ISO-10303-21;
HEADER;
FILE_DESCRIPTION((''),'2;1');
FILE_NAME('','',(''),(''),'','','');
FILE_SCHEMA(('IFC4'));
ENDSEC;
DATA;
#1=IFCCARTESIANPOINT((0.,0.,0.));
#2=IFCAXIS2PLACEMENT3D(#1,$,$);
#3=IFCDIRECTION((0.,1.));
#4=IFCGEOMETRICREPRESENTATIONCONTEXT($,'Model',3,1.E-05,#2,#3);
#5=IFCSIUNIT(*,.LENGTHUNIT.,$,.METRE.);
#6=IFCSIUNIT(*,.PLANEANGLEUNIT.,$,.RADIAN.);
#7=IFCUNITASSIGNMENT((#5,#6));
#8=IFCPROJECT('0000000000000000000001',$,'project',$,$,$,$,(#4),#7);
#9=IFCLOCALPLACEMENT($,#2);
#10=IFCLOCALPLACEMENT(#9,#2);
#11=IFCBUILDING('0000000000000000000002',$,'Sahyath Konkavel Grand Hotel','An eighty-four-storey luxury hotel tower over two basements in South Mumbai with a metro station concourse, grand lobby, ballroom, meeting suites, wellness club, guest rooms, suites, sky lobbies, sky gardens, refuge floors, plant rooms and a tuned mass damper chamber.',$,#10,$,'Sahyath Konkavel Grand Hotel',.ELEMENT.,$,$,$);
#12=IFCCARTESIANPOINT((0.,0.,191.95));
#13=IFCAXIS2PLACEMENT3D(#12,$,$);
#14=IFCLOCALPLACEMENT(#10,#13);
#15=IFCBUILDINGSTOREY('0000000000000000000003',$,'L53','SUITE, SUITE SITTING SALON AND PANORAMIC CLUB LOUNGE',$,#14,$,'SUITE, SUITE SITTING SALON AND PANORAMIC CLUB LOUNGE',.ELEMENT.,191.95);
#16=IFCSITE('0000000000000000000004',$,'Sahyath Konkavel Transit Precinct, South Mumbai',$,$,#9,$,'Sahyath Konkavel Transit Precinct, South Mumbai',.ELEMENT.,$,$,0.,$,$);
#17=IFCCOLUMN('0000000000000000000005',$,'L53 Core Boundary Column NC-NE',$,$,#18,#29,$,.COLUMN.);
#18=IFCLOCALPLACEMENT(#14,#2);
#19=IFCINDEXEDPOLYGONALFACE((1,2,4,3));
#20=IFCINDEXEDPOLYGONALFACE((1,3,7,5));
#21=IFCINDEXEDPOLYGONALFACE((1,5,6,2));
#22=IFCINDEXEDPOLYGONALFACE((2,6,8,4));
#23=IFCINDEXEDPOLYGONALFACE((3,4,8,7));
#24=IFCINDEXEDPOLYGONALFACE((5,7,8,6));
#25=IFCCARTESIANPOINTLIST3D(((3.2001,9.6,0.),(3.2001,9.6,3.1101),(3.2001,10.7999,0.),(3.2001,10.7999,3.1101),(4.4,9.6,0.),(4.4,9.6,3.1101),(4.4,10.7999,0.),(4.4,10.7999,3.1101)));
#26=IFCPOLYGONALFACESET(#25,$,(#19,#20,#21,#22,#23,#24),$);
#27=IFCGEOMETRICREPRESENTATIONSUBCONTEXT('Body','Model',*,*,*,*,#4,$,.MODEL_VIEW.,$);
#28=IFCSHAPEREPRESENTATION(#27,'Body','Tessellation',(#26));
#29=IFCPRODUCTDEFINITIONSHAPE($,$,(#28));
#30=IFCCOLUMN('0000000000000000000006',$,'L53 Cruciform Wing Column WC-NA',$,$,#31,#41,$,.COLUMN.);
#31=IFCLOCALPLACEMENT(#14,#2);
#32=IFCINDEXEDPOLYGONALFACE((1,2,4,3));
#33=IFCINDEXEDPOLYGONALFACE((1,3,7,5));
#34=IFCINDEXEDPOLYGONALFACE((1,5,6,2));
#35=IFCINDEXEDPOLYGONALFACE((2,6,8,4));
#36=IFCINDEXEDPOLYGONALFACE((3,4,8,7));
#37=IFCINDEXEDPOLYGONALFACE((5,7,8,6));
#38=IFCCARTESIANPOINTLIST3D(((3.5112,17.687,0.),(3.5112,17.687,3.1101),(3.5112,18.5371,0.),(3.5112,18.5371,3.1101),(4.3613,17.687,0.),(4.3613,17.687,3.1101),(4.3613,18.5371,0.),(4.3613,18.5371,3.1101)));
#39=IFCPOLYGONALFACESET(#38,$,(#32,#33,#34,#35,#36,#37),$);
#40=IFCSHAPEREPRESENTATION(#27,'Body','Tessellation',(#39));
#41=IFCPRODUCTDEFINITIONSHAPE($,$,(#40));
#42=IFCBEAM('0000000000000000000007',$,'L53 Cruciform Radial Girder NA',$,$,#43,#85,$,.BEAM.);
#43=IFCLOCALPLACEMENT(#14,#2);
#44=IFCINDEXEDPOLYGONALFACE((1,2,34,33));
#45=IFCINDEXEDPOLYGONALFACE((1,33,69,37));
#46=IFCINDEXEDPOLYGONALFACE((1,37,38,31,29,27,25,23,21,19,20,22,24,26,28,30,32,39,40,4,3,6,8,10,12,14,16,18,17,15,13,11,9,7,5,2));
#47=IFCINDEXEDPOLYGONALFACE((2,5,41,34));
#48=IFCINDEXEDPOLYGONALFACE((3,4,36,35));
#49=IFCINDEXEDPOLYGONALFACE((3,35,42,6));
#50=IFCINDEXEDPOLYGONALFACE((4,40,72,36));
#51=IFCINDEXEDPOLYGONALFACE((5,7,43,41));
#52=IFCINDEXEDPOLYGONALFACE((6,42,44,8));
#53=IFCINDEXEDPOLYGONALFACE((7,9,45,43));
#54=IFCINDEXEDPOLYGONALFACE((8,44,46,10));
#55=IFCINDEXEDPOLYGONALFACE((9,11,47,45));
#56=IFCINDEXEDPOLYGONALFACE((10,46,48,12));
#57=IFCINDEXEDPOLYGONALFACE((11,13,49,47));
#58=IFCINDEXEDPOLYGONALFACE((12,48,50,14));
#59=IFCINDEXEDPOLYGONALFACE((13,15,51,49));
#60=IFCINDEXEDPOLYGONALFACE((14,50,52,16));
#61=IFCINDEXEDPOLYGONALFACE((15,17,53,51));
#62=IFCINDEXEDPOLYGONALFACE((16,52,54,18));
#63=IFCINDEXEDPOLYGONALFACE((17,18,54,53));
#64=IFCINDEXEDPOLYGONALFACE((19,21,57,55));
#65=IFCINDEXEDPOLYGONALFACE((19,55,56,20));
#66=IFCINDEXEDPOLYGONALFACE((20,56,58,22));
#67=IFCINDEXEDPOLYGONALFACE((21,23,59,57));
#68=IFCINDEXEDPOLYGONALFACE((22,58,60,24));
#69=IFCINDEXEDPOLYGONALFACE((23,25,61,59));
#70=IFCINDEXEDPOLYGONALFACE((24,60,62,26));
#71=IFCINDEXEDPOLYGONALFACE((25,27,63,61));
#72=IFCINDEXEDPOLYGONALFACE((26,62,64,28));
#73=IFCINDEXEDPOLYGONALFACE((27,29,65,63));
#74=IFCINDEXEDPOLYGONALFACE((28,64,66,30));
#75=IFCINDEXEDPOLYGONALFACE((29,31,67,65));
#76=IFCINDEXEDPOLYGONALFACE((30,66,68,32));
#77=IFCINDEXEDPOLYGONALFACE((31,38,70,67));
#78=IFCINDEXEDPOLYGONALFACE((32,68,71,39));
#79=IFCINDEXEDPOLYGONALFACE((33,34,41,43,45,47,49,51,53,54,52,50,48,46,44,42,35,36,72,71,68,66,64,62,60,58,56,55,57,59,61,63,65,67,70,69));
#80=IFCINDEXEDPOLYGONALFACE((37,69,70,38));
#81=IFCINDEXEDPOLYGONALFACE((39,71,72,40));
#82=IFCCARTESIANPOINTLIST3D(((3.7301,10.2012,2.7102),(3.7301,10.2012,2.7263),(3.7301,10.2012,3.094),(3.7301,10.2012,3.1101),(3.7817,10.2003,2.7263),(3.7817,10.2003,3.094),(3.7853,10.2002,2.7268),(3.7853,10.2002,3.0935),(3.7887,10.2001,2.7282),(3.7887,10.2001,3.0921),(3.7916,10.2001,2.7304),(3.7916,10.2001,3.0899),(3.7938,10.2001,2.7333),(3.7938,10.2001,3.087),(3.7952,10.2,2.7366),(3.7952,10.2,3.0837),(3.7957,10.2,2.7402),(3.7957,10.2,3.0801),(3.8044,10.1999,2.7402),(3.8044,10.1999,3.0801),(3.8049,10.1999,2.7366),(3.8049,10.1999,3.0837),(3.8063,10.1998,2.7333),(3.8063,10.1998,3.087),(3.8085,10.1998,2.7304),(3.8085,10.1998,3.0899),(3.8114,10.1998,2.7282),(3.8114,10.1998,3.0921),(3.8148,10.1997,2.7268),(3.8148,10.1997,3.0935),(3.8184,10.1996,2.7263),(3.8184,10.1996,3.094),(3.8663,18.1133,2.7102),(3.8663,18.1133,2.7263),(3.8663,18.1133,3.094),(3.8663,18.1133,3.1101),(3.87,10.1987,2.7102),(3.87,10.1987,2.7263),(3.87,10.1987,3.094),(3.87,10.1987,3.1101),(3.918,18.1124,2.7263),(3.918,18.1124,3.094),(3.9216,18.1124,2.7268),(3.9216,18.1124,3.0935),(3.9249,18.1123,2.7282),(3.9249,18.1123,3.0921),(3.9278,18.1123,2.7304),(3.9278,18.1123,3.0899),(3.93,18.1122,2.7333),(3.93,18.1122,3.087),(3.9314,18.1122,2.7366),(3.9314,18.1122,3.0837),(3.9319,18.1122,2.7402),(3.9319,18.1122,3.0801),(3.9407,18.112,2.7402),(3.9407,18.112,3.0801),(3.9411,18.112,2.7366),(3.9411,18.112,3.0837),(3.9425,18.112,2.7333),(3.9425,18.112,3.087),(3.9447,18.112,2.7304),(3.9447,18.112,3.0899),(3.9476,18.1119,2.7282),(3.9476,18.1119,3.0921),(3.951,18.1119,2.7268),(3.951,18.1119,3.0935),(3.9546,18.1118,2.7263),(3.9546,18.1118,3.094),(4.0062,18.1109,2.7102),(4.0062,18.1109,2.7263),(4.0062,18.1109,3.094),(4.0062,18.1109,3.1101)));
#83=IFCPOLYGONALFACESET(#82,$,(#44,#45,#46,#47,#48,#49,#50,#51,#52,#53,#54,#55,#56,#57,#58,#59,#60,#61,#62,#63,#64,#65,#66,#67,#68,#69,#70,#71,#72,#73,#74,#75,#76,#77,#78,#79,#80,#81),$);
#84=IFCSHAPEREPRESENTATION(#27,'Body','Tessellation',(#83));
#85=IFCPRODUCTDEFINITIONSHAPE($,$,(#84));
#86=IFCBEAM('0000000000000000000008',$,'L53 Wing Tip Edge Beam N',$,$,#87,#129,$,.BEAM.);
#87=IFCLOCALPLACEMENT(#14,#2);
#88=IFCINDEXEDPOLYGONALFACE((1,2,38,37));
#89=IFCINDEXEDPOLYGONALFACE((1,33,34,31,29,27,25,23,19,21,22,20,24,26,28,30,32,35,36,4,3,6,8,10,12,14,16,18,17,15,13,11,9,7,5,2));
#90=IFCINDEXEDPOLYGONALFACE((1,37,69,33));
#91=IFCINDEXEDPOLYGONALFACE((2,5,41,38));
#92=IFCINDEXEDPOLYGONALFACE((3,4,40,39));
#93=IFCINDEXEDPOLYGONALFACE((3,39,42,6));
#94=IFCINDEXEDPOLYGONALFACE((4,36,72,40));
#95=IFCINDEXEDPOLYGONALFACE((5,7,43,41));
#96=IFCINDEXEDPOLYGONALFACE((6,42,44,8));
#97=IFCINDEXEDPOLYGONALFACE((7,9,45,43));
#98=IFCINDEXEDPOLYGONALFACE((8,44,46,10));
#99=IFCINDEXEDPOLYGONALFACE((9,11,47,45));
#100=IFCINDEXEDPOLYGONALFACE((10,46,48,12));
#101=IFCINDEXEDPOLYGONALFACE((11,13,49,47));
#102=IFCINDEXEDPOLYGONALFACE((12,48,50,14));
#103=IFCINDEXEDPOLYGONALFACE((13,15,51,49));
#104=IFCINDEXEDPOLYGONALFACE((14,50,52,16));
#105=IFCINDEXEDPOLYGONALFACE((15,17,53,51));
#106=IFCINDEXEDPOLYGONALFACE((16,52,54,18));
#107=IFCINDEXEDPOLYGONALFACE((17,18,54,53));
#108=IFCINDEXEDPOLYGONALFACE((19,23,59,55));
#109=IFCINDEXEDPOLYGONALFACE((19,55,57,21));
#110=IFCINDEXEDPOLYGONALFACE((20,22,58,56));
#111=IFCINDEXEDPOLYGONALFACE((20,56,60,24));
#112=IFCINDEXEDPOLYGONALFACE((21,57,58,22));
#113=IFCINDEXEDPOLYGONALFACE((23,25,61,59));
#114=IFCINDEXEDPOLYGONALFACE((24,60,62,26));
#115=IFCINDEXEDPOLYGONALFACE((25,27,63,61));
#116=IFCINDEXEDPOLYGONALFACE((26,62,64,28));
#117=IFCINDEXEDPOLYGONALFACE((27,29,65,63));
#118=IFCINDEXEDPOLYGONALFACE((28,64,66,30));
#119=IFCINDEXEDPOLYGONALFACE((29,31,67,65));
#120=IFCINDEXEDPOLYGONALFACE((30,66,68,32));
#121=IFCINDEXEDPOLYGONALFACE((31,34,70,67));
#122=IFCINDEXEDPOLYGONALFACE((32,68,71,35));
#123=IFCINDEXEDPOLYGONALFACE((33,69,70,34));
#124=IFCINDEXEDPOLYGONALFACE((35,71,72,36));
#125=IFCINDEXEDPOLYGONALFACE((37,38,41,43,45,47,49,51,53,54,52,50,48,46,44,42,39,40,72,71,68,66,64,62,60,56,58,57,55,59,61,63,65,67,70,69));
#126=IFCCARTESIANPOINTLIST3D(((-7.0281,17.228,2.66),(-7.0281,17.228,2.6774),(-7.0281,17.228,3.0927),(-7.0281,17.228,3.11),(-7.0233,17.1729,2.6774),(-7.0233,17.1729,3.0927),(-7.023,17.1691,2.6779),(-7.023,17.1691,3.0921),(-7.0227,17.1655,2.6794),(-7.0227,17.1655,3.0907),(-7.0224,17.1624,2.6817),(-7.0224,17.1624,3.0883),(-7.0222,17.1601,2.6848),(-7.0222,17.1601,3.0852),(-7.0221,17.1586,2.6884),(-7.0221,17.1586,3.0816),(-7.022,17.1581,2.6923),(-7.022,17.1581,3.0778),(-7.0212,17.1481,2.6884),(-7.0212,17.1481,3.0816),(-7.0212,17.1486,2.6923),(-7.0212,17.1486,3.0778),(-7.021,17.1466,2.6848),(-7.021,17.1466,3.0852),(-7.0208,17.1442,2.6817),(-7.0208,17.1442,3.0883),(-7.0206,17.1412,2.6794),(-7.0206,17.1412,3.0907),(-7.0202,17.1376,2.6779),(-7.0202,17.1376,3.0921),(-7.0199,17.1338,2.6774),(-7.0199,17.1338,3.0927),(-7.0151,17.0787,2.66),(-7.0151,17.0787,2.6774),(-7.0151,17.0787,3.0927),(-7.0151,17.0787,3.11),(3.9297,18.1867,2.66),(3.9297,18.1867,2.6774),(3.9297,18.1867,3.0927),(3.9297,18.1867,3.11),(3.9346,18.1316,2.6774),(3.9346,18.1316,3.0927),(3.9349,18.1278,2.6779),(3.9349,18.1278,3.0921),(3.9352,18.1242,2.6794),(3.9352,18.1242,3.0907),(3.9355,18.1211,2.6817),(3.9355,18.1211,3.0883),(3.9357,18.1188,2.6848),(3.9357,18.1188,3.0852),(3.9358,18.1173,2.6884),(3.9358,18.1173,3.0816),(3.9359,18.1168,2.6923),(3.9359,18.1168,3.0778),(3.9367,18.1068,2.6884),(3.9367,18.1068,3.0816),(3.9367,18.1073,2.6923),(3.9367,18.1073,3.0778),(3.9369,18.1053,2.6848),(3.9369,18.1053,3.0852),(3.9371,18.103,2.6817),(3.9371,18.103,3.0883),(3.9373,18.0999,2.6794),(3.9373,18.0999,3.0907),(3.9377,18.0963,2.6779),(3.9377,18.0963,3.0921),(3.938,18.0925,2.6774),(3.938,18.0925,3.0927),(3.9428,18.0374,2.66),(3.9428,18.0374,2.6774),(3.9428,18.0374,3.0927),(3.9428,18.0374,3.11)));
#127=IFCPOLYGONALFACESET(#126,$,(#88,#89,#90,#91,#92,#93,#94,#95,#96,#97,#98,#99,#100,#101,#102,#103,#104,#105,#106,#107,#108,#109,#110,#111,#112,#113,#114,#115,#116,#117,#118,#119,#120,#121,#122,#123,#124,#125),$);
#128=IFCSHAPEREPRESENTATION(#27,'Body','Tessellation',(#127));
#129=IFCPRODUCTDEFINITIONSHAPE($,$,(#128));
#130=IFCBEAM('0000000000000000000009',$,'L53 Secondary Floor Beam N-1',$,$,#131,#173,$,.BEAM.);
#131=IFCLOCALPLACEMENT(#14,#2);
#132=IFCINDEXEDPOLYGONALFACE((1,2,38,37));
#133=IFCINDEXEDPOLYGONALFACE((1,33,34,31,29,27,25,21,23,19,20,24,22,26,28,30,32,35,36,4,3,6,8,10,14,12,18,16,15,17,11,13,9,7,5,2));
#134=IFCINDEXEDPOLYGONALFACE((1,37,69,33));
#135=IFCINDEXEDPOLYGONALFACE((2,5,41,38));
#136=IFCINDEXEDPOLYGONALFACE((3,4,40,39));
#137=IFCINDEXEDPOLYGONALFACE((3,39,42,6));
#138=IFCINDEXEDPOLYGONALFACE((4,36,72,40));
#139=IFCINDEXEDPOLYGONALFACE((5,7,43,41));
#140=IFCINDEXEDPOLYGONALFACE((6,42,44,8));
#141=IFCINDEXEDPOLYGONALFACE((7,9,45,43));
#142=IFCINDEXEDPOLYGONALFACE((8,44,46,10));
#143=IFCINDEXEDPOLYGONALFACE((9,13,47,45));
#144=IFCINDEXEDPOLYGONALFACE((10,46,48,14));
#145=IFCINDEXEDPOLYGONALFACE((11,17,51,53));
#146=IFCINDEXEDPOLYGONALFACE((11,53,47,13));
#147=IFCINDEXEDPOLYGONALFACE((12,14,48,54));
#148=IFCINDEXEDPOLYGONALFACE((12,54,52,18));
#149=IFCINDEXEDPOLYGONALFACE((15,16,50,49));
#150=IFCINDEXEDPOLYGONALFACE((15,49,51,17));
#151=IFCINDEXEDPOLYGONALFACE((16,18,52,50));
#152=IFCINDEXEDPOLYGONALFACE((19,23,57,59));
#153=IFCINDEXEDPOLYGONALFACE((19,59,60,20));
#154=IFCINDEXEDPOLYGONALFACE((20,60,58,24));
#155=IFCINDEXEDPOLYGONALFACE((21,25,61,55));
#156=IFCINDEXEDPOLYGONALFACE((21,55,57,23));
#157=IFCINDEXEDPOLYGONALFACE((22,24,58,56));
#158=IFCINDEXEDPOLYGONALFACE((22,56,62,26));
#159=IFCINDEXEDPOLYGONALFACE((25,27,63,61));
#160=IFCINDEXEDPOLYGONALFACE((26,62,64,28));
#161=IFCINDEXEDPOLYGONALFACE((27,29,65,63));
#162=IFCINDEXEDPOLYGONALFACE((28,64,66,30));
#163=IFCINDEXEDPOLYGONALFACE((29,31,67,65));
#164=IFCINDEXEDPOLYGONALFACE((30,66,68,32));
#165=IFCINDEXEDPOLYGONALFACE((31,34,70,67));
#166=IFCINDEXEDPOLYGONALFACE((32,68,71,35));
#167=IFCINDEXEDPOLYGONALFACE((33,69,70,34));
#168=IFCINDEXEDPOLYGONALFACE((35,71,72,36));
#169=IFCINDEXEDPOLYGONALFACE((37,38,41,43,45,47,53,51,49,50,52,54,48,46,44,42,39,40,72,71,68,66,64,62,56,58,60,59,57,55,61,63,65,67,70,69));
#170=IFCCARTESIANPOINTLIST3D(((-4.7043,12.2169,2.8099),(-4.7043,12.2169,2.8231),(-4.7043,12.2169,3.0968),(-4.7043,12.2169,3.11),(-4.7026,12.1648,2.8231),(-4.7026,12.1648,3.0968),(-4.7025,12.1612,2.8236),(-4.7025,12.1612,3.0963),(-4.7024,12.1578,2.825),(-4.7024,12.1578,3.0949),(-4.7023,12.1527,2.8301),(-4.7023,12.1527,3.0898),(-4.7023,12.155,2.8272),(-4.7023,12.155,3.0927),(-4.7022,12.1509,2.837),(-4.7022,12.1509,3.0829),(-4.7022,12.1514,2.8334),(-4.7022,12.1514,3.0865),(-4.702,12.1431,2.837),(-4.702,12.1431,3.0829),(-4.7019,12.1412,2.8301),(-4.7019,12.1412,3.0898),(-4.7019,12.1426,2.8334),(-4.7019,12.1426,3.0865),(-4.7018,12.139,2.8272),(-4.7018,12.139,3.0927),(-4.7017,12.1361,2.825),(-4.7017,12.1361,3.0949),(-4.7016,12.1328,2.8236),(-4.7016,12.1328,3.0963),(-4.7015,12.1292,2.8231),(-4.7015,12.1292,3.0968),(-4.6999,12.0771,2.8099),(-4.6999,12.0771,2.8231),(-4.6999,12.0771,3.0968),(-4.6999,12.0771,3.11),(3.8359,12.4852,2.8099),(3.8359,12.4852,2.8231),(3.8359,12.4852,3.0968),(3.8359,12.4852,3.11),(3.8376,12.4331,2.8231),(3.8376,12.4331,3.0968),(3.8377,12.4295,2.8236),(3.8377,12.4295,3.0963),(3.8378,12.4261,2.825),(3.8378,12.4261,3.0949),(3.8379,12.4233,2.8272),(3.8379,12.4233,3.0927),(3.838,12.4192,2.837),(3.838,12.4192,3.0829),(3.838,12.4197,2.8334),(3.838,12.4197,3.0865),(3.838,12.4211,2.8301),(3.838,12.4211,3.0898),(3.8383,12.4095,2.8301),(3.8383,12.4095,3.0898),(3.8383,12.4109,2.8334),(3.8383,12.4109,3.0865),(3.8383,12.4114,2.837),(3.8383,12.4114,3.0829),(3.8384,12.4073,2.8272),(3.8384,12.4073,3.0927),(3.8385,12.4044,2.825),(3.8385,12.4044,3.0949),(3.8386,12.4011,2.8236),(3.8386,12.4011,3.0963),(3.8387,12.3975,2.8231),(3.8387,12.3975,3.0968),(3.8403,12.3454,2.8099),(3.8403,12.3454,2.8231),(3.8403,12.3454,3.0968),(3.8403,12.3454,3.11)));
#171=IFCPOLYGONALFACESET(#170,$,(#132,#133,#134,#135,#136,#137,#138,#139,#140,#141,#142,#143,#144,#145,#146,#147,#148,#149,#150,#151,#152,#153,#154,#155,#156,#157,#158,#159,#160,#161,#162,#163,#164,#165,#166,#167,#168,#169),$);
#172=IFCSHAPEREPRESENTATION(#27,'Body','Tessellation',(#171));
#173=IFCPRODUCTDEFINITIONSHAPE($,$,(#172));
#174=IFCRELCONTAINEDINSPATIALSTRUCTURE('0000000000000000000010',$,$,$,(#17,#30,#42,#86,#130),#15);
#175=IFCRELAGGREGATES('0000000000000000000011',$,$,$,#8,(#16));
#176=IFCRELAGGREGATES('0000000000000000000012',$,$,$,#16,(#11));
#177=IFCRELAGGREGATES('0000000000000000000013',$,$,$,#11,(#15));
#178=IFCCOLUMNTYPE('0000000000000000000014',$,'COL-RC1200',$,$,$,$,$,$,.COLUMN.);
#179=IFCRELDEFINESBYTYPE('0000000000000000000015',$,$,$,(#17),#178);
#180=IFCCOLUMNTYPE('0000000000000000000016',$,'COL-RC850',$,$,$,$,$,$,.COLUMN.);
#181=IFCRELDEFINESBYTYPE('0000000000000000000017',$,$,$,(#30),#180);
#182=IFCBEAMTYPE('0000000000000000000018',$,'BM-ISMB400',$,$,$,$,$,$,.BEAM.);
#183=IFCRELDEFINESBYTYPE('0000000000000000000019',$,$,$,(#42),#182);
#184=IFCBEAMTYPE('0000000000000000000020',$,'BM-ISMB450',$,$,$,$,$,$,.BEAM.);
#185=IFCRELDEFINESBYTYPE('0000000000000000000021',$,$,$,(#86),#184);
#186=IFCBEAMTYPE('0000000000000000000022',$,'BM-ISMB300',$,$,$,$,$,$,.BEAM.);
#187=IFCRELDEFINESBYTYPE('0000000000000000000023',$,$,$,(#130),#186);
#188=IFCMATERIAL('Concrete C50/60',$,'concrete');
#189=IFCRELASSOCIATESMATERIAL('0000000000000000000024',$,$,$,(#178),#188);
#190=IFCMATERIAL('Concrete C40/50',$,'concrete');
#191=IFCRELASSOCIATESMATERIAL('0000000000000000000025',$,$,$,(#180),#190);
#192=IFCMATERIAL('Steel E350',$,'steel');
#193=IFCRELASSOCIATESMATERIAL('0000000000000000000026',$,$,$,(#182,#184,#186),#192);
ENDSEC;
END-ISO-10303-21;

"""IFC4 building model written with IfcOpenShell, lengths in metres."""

from ifc_helpers import new_model, si_unit, direction, frame, origin, origin_2d, place, context, subcontext, project, spatial, rectangle, i_section, extrude, source, transform, mapped, material, material_profile, profile_set, type_object, element, save


model = new_model("IFC4")

# Units and contexts
model_context = context("Model", 3, precision=1e-05, world=origin(), true_north=direction((0.0, 1.0)))
body_context = subcontext(model_context, "Body", "Model", "MODEL_VIEW")
ifc_project = project(units=[si_unit("LENGTHUNIT", "METRE"), si_unit("PLANEANGLEUNIT", "RADIAN")], contexts=[model_context])

# Site, building, storey
site_placement = place(None, origin())
site = spatial("IfcSite", under=ifc_project, at=site_placement, Name="Sahyath Konkavel Transit Precinct, South Mumbai", LongName="Sahyath Konkavel Transit Precinct, South Mumbai", CompositionType="ELEMENT", RefElevation=0.0)
building_placement = place(site_placement, origin())
building = spatial("IfcBuilding", under=site, at=building_placement, Name="Sahyath Konkavel Grand Hotel", Description="An eighty-four-storey luxury hotel tower over two basements in South Mumbai with a metro station concourse, grand lobby, ballroom, meeting suites, wellness club, guest rooms, suites, sky lobbies, sky gardens, refuge floors, plant rooms and a tuned mass damper chamber.", LongName="Sahyath Konkavel Grand Hotel", CompositionType="ELEMENT")
storey_placement = place(building_placement, frame((0.0, 0.0, 191.95)))
storey = spatial("IfcBuildingStorey", under=building, at=storey_placement, Name="L53", Description="SUITE, SUITE SITTING SALON AND PANORAMIC CLUB LOUNGE", LongName="SUITE, SUITE SITTING SALON AND PANORAMIC CLUB LOUNGE", CompositionType="ELEMENT", Elevation=191.95)

# Columns
ifc_material_1 = material(Name="Concrete C50/60", Category="concrete")
ifc_material_profile_1 = material_profile(ifc_material_1, rectangle(XDim=1.2, YDim=1.2, at=origin_2d()), Name="RC 1200x1200")
ifc_profile_set_1 = profile_set([ifc_material_profile_1], Name="Concrete C50/60")
column_type_1 = type_object("IfcColumnType", Name="COL-RC1200", PredefinedType="COLUMN", material=ifc_profile_set_1)
shared_shape_1 = source(origin(), body_context, "Body", "SweptSolid", [
    extrude(rectangle(XDim=1.2, YDim=1.2, at=origin_2d()), origin(), (0.0, 0.0, 1.0), 3.1101),
])
column_1_placement = place(storey_placement, frame((3.8, 10.2, 0.0), z_axis=(0.0, 0.0, 1.0), x_axis=(1.0, 0.0, 0.0)))
element("IfcColumn", 1, at=column_1_placement, inside=storey, type_object=column_type_1, Name="L53 Core Boundary Column NC-NE", PredefinedType="COLUMN", context=body_context, shape_type="MappedRepresentation", body=[
    mapped(shared_shape_1, transform((0.0, 0.0, 0.0), scale=1.0)),
])
ifc_material_2 = material(Name="Concrete C40/50", Category="concrete")
ifc_material_profile_2 = material_profile(ifc_material_2, rectangle(XDim=0.8501, YDim=0.8501, at=origin_2d()), Name="RC 850x850")
ifc_profile_set_2 = profile_set([ifc_material_profile_2], Name="Concrete C40/50")
column_type_2 = type_object("IfcColumnType", Name="COL-RC850", PredefinedType="COLUMN", material=ifc_profile_set_2)
shared_shape_2 = source(origin(), body_context, "Body", "SweptSolid", [
    extrude(rectangle(XDim=0.8501, YDim=0.8501, at=origin_2d()), origin(), (0.0, 0.0, 1.0), 3.1101),
])
column_2_placement = place(storey_placement, frame((3.9363, 18.1121, 0.0), z_axis=(0.0, 0.0, 1.0), x_axis=(1.0, 0.0, 0.0)))
element("IfcColumn", 2, at=column_2_placement, inside=storey, type_object=column_type_2, Name="L53 Cruciform Wing Column WC-NA", PredefinedType="COLUMN", context=body_context, shape_type="MappedRepresentation", body=[
    mapped(shared_shape_2, transform((0.0, 0.0, 0.0), scale=1.0)),
])

# Beams
ifc_material_3 = material(Name="Steel E350", Category="steel")
ifc_material_profile_3 = material_profile(ifc_material_3, i_section(OverallWidth=0.1399, OverallDepth=0.3999, WebThickness=0.0088, FlangeThickness=0.0161, FilletRadius=0.0139, at=origin_2d()), Name="ISMB 400")
ifc_profile_set_3 = profile_set([ifc_material_profile_3], Name="Steel E350")
beam_type_1 = type_object("IfcBeamType", Name="BM-ISMB400", PredefinedType="BEAM", material=ifc_profile_set_3)
shared_shape_3 = source(origin(), body_context, "Body", "SweptSolid", [
    extrude(i_section(OverallWidth=0.1399, OverallDepth=0.3999, WebThickness=0.0088, FlangeThickness=0.0161, FilletRadius=0.0139, at=origin_2d()), origin(), (0.0, 0.0, 1.0), 7.9133),
])
beam_1_placement = place(storey_placement, frame((3.8, 10.2, 2.9102), z_axis=(0.017215, 0.999852, 0.0), x_axis=(-0.999852, 0.017215, 0.0)))
element("IfcBeam", 3, at=beam_1_placement, inside=storey, type_object=beam_type_1, Name="L53 Cruciform Radial Girder NA", PredefinedType="BEAM", context=body_context, shape_type="MappedRepresentation", body=[
    mapped(shared_shape_3, transform((0.0, 0.0, 0.0), scale=1.0)),
])
ifc_material_profile_4 = material_profile(ifc_material_3, i_section(OverallWidth=0.1499, OverallDepth=0.45, WebThickness=0.0095, FlangeThickness=0.0173, FilletRadius=0.0149, at=origin_2d()), Name="ISMB 450")
ifc_profile_set_4 = profile_set([ifc_material_profile_4], Name="Steel E350")
beam_type_2 = type_object("IfcBeamType", Name="BM-ISMB450", PredefinedType="BEAM", material=ifc_profile_set_4)
shared_shape_4 = source(origin(), body_context, "Body", "SweptSolid", [
    extrude(i_section(OverallWidth=0.1499, OverallDepth=0.45, WebThickness=0.0095, FlangeThickness=0.0173, FilletRadius=0.0149, at=origin_2d()), origin(), (0.0, 0.0, 1.0), 10.9998),
])
beam_2_placement = place(storey_placement, frame((3.9363, 18.1121, 2.885), z_axis=(-0.996194, -0.087159, 0.0), x_axis=(0.087159, -0.996194, 0.0)))
element("IfcBeam", 4, at=beam_2_placement, inside=storey, type_object=beam_type_2, Name="L53 Wing Tip Edge Beam N", PredefinedType="BEAM", context=body_context, shape_type="MappedRepresentation", body=[
    mapped(shared_shape_4, transform((0.0, 0.0, 0.0), scale=1.0)),
])
ifc_material_profile_5 = material_profile(ifc_material_3, i_section(OverallWidth=0.1399, OverallDepth=0.3, WebThickness=0.0078, FlangeThickness=0.0132, FilletRadius=0.0139, at=origin_2d()), Name="ISMB 300")
ifc_profile_set_5 = profile_set([ifc_material_profile_5], Name="Steel E350")
beam_type_3 = type_object("IfcBeamType", Name="BM-ISMB300", PredefinedType="BEAM", material=ifc_profile_set_5)
shared_shape_5 = source(origin(), body_context, "Body", "SweptSolid", [
    extrude(i_section(OverallWidth=0.1399, OverallDepth=0.3, WebThickness=0.0078, FlangeThickness=0.0132, FilletRadius=0.0139, at=origin_2d()), origin(), (0.0, 0.0, 1.0), 8.5444),
])
beam_3_placement = place(storey_placement, frame((3.8381, 12.4153, 2.96), z_axis=(-0.999507, -0.031402, 0.0), x_axis=(0.031402, -0.999507, 0.0)))
element("IfcBeam", 5, at=beam_3_placement, inside=storey, type_object=beam_type_3, Name="L53 Secondary Floor Beam N-1", PredefinedType="BEAM", context=body_context, shape_type="MappedRepresentation", body=[
    mapped(shared_shape_5, transform((0.0, 0.0, 0.0), scale=1.0)),
])

save(model, "model.ifc")
